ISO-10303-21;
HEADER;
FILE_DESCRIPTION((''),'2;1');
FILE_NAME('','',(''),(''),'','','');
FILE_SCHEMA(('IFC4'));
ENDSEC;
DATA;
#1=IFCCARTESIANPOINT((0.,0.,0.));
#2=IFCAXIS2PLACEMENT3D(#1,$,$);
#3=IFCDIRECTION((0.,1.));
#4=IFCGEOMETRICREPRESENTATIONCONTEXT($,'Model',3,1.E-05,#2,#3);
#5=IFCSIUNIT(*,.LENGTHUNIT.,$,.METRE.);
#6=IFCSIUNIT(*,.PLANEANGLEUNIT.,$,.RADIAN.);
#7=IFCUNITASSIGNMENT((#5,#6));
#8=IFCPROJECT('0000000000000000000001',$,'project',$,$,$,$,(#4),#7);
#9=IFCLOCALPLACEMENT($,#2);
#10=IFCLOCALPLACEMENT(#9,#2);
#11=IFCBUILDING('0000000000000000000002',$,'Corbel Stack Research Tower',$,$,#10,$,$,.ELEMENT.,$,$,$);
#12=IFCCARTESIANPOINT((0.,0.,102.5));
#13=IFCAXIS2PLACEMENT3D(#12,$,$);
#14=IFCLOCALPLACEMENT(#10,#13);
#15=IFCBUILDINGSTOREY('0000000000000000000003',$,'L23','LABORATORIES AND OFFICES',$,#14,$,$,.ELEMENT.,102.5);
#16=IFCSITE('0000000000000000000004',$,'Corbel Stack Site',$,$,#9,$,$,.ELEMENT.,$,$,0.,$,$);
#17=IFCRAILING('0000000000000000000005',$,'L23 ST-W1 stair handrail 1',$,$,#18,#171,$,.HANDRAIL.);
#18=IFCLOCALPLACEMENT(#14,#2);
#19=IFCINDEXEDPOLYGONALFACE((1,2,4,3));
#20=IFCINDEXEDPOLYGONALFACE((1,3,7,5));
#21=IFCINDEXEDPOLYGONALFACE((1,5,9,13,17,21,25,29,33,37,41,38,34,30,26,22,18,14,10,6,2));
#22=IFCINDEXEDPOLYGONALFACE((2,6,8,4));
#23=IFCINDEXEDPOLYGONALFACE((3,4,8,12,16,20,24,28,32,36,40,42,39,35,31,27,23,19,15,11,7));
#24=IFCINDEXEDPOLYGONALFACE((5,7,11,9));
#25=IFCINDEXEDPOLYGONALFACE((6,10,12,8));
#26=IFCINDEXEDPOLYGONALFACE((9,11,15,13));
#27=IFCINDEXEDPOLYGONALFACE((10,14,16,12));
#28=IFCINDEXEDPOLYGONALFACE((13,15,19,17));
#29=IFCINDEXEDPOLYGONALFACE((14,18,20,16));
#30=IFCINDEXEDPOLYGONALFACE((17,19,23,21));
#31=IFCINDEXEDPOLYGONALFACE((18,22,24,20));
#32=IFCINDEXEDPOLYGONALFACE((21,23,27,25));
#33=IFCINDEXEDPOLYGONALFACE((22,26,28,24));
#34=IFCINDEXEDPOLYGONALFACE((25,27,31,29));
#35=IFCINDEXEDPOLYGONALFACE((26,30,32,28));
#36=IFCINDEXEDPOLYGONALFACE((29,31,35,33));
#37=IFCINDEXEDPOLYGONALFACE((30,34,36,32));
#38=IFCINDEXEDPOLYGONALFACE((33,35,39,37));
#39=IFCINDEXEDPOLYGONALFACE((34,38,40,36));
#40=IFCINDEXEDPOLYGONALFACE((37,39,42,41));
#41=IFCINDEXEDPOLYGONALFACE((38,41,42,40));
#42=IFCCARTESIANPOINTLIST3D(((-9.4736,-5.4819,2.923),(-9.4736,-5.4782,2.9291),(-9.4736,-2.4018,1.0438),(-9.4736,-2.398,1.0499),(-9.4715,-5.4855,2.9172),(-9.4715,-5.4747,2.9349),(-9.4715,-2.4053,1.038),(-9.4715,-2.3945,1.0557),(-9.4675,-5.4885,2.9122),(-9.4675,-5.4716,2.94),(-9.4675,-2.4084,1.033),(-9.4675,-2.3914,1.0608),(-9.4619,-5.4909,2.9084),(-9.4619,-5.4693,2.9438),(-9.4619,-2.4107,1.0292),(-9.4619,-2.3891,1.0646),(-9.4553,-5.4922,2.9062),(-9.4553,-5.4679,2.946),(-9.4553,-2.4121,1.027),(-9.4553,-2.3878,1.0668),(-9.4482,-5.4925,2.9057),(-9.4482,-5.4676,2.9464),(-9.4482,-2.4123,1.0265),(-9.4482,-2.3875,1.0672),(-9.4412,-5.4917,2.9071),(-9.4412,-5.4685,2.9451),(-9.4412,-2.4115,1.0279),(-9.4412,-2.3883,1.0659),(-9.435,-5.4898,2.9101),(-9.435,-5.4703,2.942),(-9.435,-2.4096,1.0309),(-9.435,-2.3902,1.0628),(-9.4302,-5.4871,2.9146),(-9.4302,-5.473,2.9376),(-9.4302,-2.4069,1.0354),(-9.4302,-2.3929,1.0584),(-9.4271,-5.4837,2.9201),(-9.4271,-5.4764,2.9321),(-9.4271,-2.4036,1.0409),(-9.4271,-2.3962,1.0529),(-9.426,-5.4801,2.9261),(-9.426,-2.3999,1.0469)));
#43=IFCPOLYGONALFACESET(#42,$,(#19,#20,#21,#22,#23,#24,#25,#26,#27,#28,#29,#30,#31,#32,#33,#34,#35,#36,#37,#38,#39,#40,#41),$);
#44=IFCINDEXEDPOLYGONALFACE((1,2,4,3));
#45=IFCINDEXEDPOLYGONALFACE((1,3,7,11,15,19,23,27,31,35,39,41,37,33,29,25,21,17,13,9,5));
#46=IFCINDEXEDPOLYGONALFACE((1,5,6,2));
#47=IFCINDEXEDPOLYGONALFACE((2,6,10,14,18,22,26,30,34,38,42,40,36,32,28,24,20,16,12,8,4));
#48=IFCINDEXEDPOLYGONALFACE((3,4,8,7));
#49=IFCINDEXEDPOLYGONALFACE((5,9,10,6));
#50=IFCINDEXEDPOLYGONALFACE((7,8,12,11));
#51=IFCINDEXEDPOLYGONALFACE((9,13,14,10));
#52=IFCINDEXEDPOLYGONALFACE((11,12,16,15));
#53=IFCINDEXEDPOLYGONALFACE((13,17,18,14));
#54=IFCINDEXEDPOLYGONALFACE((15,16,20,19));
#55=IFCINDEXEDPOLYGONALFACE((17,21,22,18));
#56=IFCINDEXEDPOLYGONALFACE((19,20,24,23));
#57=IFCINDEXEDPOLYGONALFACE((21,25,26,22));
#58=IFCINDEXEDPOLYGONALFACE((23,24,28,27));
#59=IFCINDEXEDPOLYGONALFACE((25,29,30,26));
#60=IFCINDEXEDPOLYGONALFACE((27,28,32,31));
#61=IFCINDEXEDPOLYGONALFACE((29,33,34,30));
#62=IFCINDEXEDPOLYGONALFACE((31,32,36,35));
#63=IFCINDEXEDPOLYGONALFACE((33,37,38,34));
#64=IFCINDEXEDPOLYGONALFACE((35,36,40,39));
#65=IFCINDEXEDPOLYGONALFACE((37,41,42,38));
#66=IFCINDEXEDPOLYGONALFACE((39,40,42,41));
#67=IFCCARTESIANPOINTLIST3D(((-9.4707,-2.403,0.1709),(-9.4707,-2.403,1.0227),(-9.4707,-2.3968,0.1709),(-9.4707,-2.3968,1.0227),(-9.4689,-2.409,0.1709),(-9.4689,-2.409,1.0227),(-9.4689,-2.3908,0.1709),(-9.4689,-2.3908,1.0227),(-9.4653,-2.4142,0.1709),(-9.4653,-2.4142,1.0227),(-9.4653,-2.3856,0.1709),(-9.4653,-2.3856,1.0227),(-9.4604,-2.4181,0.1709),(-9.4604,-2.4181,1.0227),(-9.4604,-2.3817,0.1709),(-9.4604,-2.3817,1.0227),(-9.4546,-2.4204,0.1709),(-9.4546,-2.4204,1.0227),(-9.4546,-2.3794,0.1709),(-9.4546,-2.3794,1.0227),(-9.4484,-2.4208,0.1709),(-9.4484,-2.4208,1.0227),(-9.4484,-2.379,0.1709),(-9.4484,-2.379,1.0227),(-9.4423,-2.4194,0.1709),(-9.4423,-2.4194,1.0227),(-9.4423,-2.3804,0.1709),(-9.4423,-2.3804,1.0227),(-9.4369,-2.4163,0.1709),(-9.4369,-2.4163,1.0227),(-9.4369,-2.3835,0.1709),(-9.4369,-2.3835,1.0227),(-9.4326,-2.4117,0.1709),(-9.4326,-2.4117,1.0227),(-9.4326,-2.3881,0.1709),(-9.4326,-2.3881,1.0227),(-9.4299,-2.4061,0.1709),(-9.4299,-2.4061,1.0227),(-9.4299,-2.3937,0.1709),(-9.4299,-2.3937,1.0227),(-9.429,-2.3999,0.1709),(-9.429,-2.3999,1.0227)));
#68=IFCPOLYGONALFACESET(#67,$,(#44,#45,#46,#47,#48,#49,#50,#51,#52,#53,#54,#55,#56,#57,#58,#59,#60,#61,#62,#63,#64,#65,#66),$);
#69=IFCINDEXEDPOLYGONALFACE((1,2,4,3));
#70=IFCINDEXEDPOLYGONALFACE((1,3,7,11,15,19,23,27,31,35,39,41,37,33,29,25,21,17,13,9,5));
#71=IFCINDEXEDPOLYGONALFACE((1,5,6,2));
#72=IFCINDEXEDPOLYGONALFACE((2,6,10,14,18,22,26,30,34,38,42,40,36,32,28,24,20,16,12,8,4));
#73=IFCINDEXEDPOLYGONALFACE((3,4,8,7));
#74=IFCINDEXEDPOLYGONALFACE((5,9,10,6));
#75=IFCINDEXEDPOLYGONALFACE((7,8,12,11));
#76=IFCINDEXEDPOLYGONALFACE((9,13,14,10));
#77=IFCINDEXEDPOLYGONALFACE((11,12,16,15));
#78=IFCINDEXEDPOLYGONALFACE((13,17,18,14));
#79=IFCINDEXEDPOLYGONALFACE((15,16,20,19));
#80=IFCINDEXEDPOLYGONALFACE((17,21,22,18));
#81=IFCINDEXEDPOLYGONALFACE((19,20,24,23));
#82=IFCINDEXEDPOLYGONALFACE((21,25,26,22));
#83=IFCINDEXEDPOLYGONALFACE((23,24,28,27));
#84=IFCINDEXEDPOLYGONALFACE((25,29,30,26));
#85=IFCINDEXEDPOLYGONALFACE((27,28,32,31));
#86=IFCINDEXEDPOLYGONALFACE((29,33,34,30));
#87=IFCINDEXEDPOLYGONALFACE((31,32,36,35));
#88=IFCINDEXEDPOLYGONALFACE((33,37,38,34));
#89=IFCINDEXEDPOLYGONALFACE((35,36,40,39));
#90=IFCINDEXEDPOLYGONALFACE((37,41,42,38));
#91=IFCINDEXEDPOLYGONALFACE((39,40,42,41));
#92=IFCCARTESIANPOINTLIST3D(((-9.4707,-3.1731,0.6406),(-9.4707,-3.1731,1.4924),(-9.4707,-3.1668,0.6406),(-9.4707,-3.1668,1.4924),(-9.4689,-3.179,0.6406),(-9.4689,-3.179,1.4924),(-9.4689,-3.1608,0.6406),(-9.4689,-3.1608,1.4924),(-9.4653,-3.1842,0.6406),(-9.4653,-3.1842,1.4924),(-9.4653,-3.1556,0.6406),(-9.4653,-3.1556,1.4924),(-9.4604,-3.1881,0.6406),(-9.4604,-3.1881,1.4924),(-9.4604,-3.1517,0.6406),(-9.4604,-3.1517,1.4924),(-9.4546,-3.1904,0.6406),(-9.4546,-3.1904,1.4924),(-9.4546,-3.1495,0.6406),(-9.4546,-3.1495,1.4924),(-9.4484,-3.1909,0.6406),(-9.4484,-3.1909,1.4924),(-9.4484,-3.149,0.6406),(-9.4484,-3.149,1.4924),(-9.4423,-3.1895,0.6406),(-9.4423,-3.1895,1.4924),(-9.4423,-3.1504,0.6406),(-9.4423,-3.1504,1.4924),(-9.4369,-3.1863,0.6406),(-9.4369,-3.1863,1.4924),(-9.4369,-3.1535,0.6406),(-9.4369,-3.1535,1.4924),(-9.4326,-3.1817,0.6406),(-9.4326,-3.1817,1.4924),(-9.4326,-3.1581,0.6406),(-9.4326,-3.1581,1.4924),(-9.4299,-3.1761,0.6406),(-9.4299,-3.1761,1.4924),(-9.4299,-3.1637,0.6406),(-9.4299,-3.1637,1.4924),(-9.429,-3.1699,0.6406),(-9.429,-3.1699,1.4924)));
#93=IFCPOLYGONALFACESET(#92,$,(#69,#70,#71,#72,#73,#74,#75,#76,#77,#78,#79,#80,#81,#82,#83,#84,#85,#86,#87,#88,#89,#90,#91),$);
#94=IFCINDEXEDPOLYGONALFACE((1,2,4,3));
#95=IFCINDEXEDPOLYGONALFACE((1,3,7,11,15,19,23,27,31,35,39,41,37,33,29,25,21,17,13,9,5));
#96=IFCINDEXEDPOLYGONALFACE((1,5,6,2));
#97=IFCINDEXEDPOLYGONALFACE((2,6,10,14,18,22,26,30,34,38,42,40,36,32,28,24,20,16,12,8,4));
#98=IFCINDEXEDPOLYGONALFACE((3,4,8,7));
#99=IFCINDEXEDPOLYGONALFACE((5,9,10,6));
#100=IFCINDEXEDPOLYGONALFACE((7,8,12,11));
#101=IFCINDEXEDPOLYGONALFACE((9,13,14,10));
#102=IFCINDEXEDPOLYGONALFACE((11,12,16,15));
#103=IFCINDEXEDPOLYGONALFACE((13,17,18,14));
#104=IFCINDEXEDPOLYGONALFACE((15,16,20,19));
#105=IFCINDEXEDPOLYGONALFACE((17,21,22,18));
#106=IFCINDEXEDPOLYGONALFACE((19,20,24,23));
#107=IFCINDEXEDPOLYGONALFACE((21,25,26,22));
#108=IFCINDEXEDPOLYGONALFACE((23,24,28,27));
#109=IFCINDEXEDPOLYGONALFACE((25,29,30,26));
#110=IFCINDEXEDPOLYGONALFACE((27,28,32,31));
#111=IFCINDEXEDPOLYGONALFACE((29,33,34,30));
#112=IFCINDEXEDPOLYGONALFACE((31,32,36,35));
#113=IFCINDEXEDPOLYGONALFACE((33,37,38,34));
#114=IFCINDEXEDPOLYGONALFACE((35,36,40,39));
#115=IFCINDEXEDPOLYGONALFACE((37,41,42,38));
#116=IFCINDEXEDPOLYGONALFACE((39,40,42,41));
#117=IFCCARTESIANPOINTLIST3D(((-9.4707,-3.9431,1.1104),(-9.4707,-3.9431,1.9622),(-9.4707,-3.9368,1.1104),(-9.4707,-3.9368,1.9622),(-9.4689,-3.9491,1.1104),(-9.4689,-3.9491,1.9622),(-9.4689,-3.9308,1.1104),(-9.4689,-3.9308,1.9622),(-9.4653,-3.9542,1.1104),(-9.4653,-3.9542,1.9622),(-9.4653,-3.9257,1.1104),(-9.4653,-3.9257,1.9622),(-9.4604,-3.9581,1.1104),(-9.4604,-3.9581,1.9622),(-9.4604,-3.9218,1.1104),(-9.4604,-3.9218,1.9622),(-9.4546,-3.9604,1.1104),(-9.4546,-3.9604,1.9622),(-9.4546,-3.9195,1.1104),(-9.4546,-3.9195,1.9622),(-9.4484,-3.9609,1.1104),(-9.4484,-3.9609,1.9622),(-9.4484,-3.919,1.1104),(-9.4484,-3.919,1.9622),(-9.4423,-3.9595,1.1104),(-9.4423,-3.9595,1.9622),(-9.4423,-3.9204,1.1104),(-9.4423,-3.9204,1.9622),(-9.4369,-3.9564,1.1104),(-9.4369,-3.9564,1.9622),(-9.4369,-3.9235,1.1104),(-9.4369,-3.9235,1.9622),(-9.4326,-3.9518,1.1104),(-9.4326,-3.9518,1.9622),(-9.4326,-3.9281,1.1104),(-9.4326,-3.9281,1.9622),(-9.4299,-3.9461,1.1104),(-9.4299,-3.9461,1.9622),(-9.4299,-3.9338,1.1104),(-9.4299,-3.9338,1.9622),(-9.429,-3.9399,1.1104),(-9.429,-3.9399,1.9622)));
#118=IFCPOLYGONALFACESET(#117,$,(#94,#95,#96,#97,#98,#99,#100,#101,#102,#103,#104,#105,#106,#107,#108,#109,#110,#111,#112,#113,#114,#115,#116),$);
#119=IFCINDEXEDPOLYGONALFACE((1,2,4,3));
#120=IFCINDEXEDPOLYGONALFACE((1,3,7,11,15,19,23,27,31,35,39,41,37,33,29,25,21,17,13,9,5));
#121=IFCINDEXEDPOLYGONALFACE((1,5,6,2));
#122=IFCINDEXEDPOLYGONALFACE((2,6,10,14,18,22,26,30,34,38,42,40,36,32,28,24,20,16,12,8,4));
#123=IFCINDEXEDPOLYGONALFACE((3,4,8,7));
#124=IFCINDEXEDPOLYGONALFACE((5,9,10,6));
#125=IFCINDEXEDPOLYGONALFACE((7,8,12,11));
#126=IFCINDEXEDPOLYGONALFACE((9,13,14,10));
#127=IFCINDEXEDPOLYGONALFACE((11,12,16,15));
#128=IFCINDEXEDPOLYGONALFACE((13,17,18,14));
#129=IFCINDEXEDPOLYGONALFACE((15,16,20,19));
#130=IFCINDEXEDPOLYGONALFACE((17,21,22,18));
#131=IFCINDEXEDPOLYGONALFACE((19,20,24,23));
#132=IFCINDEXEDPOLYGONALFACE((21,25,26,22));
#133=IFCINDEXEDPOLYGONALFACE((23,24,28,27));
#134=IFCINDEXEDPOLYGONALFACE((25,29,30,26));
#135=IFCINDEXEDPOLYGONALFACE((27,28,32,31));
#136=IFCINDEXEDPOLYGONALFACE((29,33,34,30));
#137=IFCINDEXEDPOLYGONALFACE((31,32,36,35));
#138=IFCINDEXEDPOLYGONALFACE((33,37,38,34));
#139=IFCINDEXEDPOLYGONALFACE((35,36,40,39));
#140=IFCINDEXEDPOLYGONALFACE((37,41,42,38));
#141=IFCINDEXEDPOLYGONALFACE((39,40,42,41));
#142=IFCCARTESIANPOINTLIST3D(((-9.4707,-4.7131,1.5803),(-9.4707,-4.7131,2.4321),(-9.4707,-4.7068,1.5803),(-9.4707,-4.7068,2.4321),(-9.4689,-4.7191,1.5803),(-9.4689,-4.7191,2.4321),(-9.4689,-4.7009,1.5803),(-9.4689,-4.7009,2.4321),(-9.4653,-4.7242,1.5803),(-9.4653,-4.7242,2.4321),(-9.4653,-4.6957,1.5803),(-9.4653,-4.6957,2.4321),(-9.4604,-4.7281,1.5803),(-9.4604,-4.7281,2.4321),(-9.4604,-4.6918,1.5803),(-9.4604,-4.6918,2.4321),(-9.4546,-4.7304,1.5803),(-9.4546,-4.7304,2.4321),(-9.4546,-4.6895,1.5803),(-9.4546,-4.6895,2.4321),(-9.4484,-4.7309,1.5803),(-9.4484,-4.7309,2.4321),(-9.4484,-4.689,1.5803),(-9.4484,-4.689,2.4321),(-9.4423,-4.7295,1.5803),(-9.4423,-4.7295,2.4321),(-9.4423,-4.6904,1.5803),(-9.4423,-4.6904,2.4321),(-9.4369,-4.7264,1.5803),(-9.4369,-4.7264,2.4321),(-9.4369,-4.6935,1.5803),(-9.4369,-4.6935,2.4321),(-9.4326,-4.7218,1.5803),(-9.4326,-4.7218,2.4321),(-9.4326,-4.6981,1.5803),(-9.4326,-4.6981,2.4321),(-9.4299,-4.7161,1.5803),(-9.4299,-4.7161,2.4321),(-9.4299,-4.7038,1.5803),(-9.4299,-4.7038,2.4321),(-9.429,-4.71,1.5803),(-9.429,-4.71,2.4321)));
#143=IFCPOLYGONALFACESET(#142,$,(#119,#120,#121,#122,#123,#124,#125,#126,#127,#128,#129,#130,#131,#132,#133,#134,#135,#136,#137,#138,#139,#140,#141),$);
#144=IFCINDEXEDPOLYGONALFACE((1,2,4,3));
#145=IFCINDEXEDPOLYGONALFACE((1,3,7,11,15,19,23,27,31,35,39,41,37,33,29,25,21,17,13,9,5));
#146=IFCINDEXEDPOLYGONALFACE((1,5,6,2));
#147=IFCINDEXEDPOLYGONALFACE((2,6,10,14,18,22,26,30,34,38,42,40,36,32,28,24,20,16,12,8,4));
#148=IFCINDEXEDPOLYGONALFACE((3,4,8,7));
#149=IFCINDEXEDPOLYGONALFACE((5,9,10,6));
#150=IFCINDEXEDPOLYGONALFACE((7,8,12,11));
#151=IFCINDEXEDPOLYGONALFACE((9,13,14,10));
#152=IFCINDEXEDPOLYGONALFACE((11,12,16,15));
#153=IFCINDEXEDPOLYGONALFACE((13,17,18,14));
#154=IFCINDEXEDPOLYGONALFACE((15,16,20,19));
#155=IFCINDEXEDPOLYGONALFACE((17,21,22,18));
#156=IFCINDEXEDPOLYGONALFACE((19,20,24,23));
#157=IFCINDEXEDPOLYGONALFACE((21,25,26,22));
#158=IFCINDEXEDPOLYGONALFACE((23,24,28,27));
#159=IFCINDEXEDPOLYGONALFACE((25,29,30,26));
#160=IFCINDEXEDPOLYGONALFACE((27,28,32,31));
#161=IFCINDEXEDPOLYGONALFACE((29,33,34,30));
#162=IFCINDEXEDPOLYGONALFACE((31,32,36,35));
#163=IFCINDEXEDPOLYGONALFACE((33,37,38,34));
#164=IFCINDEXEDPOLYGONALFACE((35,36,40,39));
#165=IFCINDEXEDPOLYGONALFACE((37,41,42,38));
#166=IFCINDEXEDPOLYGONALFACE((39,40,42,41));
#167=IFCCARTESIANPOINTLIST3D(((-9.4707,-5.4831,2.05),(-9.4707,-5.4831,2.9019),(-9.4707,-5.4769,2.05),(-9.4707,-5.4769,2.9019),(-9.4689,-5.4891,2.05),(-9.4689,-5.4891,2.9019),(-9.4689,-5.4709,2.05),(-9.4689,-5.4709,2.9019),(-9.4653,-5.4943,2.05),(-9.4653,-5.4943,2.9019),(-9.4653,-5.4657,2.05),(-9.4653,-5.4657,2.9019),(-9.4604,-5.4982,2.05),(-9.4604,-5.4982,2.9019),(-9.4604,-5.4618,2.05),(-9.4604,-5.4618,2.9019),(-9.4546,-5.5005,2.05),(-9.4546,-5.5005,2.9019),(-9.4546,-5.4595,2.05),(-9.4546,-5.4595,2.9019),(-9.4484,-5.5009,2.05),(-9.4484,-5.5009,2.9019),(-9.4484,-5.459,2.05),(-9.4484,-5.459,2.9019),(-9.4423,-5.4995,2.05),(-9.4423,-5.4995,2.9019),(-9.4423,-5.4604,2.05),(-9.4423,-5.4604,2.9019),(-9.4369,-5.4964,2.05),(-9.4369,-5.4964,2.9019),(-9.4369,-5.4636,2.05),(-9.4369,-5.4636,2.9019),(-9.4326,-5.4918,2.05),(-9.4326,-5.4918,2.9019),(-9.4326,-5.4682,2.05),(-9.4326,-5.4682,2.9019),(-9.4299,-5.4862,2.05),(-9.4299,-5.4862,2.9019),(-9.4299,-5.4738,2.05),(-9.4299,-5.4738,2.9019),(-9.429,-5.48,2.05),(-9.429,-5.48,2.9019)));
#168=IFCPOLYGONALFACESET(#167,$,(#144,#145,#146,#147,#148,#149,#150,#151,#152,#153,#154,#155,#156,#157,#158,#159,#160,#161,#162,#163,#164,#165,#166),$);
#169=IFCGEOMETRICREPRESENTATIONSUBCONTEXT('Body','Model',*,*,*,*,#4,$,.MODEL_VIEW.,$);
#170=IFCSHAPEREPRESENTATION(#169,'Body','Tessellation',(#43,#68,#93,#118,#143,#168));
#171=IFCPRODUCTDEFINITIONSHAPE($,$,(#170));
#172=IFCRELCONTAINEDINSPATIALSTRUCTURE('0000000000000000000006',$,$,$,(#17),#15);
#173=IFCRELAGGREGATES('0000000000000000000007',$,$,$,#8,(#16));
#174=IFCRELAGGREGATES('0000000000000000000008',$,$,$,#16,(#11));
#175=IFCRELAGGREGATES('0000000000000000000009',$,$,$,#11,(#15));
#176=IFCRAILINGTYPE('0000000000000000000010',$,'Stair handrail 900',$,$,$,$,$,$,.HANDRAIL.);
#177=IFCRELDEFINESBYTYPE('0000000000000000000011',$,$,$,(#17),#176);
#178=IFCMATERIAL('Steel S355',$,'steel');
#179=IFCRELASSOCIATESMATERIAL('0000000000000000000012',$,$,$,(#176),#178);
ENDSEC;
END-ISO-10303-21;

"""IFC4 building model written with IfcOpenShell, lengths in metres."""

from ifc_helpers import new_model, si_unit, direction, frame, origin, origin_2d, place, context, subcontext, project, spatial, circle, extrude, material, type_object, element, save


model = new_model("IFC4")

# Units and contexts
model_context = context("Model", 3, precision=1e-05, world=origin(), true_north=direction((0.0, 1.0)))
body_context = subcontext(model_context, "Body", "Model", "MODEL_VIEW")
ifc_project = project(units=[si_unit("LENGTHUNIT", "METRE"), si_unit("PLANEANGLEUNIT", "RADIAN")], contexts=[model_context])

# Site, building, storey
site_placement = place(None, origin())
site = spatial("IfcSite", under=ifc_project, at=site_placement, Name="Corbel Stack Site", CompositionType="ELEMENT", RefElevation=0.0)
building_placement = place(site_placement, origin())
building = spatial("IfcBuilding", under=site, at=building_placement, Name="Corbel Stack Research Tower", CompositionType="ELEMENT")
storey_placement = place(building_placement, frame((0.0, 0.0, 102.5)))
storey = spatial("IfcBuildingStorey", under=building, at=storey_placement, Name="L23", Description="LABORATORIES AND OFFICES", CompositionType="ELEMENT", Elevation=102.5)

# Railing
ifc_material_1 = material(Name="Steel S355", Category="steel")
railing_type_1 = type_object("IfcRailingType", Name="Stair handrail 900", PredefinedType="HANDRAIL", material=ifc_material_1)
railing_1_placement = place(storey_placement, frame((-9.45, -2.3999, 0.1709)))
element("IfcRailing", 1, at=railing_1_placement, inside=storey, type_object=railing_type_1, Name="L23 ST-W1 stair handrail 1", PredefinedType="HANDRAIL", context=body_context, shape_type="SweptSolid", body=[
    extrude(circle(Radius=0.0239, at=origin_2d()), frame((0.0, 0.0, 0.876), z_axis=(0.0, -0.853666, 0.52082), x_axis=(1.0, 0.0, 0.0)), (0.0, 0.0, 1.0), 3.6082),
    extrude(circle(Radius=0.021, at=origin_2d()), origin(), (0.0, 0.0, 1.0), 0.8518),
    extrude(circle(Radius=0.021, at=origin_2d()), frame((0.0, -0.77, 0.4697)), (0.0, 0.0, 1.0), 0.8518),
    extrude(circle(Radius=0.021, at=origin_2d()), frame((0.0, -1.54, 0.9395)), (0.0, 0.0, 1.0), 0.8518),
    extrude(circle(Radius=0.021, at=origin_2d()), frame((0.0, -2.3101, 1.4094)), (0.0, 0.0, 1.0), 0.8518),
    extrude(circle(Radius=0.021, at=origin_2d()), frame((0.0, -3.0801, 1.8792)), (0.0, 0.0, 1.0), 0.8518),
])

save(model, "model.ifc")
